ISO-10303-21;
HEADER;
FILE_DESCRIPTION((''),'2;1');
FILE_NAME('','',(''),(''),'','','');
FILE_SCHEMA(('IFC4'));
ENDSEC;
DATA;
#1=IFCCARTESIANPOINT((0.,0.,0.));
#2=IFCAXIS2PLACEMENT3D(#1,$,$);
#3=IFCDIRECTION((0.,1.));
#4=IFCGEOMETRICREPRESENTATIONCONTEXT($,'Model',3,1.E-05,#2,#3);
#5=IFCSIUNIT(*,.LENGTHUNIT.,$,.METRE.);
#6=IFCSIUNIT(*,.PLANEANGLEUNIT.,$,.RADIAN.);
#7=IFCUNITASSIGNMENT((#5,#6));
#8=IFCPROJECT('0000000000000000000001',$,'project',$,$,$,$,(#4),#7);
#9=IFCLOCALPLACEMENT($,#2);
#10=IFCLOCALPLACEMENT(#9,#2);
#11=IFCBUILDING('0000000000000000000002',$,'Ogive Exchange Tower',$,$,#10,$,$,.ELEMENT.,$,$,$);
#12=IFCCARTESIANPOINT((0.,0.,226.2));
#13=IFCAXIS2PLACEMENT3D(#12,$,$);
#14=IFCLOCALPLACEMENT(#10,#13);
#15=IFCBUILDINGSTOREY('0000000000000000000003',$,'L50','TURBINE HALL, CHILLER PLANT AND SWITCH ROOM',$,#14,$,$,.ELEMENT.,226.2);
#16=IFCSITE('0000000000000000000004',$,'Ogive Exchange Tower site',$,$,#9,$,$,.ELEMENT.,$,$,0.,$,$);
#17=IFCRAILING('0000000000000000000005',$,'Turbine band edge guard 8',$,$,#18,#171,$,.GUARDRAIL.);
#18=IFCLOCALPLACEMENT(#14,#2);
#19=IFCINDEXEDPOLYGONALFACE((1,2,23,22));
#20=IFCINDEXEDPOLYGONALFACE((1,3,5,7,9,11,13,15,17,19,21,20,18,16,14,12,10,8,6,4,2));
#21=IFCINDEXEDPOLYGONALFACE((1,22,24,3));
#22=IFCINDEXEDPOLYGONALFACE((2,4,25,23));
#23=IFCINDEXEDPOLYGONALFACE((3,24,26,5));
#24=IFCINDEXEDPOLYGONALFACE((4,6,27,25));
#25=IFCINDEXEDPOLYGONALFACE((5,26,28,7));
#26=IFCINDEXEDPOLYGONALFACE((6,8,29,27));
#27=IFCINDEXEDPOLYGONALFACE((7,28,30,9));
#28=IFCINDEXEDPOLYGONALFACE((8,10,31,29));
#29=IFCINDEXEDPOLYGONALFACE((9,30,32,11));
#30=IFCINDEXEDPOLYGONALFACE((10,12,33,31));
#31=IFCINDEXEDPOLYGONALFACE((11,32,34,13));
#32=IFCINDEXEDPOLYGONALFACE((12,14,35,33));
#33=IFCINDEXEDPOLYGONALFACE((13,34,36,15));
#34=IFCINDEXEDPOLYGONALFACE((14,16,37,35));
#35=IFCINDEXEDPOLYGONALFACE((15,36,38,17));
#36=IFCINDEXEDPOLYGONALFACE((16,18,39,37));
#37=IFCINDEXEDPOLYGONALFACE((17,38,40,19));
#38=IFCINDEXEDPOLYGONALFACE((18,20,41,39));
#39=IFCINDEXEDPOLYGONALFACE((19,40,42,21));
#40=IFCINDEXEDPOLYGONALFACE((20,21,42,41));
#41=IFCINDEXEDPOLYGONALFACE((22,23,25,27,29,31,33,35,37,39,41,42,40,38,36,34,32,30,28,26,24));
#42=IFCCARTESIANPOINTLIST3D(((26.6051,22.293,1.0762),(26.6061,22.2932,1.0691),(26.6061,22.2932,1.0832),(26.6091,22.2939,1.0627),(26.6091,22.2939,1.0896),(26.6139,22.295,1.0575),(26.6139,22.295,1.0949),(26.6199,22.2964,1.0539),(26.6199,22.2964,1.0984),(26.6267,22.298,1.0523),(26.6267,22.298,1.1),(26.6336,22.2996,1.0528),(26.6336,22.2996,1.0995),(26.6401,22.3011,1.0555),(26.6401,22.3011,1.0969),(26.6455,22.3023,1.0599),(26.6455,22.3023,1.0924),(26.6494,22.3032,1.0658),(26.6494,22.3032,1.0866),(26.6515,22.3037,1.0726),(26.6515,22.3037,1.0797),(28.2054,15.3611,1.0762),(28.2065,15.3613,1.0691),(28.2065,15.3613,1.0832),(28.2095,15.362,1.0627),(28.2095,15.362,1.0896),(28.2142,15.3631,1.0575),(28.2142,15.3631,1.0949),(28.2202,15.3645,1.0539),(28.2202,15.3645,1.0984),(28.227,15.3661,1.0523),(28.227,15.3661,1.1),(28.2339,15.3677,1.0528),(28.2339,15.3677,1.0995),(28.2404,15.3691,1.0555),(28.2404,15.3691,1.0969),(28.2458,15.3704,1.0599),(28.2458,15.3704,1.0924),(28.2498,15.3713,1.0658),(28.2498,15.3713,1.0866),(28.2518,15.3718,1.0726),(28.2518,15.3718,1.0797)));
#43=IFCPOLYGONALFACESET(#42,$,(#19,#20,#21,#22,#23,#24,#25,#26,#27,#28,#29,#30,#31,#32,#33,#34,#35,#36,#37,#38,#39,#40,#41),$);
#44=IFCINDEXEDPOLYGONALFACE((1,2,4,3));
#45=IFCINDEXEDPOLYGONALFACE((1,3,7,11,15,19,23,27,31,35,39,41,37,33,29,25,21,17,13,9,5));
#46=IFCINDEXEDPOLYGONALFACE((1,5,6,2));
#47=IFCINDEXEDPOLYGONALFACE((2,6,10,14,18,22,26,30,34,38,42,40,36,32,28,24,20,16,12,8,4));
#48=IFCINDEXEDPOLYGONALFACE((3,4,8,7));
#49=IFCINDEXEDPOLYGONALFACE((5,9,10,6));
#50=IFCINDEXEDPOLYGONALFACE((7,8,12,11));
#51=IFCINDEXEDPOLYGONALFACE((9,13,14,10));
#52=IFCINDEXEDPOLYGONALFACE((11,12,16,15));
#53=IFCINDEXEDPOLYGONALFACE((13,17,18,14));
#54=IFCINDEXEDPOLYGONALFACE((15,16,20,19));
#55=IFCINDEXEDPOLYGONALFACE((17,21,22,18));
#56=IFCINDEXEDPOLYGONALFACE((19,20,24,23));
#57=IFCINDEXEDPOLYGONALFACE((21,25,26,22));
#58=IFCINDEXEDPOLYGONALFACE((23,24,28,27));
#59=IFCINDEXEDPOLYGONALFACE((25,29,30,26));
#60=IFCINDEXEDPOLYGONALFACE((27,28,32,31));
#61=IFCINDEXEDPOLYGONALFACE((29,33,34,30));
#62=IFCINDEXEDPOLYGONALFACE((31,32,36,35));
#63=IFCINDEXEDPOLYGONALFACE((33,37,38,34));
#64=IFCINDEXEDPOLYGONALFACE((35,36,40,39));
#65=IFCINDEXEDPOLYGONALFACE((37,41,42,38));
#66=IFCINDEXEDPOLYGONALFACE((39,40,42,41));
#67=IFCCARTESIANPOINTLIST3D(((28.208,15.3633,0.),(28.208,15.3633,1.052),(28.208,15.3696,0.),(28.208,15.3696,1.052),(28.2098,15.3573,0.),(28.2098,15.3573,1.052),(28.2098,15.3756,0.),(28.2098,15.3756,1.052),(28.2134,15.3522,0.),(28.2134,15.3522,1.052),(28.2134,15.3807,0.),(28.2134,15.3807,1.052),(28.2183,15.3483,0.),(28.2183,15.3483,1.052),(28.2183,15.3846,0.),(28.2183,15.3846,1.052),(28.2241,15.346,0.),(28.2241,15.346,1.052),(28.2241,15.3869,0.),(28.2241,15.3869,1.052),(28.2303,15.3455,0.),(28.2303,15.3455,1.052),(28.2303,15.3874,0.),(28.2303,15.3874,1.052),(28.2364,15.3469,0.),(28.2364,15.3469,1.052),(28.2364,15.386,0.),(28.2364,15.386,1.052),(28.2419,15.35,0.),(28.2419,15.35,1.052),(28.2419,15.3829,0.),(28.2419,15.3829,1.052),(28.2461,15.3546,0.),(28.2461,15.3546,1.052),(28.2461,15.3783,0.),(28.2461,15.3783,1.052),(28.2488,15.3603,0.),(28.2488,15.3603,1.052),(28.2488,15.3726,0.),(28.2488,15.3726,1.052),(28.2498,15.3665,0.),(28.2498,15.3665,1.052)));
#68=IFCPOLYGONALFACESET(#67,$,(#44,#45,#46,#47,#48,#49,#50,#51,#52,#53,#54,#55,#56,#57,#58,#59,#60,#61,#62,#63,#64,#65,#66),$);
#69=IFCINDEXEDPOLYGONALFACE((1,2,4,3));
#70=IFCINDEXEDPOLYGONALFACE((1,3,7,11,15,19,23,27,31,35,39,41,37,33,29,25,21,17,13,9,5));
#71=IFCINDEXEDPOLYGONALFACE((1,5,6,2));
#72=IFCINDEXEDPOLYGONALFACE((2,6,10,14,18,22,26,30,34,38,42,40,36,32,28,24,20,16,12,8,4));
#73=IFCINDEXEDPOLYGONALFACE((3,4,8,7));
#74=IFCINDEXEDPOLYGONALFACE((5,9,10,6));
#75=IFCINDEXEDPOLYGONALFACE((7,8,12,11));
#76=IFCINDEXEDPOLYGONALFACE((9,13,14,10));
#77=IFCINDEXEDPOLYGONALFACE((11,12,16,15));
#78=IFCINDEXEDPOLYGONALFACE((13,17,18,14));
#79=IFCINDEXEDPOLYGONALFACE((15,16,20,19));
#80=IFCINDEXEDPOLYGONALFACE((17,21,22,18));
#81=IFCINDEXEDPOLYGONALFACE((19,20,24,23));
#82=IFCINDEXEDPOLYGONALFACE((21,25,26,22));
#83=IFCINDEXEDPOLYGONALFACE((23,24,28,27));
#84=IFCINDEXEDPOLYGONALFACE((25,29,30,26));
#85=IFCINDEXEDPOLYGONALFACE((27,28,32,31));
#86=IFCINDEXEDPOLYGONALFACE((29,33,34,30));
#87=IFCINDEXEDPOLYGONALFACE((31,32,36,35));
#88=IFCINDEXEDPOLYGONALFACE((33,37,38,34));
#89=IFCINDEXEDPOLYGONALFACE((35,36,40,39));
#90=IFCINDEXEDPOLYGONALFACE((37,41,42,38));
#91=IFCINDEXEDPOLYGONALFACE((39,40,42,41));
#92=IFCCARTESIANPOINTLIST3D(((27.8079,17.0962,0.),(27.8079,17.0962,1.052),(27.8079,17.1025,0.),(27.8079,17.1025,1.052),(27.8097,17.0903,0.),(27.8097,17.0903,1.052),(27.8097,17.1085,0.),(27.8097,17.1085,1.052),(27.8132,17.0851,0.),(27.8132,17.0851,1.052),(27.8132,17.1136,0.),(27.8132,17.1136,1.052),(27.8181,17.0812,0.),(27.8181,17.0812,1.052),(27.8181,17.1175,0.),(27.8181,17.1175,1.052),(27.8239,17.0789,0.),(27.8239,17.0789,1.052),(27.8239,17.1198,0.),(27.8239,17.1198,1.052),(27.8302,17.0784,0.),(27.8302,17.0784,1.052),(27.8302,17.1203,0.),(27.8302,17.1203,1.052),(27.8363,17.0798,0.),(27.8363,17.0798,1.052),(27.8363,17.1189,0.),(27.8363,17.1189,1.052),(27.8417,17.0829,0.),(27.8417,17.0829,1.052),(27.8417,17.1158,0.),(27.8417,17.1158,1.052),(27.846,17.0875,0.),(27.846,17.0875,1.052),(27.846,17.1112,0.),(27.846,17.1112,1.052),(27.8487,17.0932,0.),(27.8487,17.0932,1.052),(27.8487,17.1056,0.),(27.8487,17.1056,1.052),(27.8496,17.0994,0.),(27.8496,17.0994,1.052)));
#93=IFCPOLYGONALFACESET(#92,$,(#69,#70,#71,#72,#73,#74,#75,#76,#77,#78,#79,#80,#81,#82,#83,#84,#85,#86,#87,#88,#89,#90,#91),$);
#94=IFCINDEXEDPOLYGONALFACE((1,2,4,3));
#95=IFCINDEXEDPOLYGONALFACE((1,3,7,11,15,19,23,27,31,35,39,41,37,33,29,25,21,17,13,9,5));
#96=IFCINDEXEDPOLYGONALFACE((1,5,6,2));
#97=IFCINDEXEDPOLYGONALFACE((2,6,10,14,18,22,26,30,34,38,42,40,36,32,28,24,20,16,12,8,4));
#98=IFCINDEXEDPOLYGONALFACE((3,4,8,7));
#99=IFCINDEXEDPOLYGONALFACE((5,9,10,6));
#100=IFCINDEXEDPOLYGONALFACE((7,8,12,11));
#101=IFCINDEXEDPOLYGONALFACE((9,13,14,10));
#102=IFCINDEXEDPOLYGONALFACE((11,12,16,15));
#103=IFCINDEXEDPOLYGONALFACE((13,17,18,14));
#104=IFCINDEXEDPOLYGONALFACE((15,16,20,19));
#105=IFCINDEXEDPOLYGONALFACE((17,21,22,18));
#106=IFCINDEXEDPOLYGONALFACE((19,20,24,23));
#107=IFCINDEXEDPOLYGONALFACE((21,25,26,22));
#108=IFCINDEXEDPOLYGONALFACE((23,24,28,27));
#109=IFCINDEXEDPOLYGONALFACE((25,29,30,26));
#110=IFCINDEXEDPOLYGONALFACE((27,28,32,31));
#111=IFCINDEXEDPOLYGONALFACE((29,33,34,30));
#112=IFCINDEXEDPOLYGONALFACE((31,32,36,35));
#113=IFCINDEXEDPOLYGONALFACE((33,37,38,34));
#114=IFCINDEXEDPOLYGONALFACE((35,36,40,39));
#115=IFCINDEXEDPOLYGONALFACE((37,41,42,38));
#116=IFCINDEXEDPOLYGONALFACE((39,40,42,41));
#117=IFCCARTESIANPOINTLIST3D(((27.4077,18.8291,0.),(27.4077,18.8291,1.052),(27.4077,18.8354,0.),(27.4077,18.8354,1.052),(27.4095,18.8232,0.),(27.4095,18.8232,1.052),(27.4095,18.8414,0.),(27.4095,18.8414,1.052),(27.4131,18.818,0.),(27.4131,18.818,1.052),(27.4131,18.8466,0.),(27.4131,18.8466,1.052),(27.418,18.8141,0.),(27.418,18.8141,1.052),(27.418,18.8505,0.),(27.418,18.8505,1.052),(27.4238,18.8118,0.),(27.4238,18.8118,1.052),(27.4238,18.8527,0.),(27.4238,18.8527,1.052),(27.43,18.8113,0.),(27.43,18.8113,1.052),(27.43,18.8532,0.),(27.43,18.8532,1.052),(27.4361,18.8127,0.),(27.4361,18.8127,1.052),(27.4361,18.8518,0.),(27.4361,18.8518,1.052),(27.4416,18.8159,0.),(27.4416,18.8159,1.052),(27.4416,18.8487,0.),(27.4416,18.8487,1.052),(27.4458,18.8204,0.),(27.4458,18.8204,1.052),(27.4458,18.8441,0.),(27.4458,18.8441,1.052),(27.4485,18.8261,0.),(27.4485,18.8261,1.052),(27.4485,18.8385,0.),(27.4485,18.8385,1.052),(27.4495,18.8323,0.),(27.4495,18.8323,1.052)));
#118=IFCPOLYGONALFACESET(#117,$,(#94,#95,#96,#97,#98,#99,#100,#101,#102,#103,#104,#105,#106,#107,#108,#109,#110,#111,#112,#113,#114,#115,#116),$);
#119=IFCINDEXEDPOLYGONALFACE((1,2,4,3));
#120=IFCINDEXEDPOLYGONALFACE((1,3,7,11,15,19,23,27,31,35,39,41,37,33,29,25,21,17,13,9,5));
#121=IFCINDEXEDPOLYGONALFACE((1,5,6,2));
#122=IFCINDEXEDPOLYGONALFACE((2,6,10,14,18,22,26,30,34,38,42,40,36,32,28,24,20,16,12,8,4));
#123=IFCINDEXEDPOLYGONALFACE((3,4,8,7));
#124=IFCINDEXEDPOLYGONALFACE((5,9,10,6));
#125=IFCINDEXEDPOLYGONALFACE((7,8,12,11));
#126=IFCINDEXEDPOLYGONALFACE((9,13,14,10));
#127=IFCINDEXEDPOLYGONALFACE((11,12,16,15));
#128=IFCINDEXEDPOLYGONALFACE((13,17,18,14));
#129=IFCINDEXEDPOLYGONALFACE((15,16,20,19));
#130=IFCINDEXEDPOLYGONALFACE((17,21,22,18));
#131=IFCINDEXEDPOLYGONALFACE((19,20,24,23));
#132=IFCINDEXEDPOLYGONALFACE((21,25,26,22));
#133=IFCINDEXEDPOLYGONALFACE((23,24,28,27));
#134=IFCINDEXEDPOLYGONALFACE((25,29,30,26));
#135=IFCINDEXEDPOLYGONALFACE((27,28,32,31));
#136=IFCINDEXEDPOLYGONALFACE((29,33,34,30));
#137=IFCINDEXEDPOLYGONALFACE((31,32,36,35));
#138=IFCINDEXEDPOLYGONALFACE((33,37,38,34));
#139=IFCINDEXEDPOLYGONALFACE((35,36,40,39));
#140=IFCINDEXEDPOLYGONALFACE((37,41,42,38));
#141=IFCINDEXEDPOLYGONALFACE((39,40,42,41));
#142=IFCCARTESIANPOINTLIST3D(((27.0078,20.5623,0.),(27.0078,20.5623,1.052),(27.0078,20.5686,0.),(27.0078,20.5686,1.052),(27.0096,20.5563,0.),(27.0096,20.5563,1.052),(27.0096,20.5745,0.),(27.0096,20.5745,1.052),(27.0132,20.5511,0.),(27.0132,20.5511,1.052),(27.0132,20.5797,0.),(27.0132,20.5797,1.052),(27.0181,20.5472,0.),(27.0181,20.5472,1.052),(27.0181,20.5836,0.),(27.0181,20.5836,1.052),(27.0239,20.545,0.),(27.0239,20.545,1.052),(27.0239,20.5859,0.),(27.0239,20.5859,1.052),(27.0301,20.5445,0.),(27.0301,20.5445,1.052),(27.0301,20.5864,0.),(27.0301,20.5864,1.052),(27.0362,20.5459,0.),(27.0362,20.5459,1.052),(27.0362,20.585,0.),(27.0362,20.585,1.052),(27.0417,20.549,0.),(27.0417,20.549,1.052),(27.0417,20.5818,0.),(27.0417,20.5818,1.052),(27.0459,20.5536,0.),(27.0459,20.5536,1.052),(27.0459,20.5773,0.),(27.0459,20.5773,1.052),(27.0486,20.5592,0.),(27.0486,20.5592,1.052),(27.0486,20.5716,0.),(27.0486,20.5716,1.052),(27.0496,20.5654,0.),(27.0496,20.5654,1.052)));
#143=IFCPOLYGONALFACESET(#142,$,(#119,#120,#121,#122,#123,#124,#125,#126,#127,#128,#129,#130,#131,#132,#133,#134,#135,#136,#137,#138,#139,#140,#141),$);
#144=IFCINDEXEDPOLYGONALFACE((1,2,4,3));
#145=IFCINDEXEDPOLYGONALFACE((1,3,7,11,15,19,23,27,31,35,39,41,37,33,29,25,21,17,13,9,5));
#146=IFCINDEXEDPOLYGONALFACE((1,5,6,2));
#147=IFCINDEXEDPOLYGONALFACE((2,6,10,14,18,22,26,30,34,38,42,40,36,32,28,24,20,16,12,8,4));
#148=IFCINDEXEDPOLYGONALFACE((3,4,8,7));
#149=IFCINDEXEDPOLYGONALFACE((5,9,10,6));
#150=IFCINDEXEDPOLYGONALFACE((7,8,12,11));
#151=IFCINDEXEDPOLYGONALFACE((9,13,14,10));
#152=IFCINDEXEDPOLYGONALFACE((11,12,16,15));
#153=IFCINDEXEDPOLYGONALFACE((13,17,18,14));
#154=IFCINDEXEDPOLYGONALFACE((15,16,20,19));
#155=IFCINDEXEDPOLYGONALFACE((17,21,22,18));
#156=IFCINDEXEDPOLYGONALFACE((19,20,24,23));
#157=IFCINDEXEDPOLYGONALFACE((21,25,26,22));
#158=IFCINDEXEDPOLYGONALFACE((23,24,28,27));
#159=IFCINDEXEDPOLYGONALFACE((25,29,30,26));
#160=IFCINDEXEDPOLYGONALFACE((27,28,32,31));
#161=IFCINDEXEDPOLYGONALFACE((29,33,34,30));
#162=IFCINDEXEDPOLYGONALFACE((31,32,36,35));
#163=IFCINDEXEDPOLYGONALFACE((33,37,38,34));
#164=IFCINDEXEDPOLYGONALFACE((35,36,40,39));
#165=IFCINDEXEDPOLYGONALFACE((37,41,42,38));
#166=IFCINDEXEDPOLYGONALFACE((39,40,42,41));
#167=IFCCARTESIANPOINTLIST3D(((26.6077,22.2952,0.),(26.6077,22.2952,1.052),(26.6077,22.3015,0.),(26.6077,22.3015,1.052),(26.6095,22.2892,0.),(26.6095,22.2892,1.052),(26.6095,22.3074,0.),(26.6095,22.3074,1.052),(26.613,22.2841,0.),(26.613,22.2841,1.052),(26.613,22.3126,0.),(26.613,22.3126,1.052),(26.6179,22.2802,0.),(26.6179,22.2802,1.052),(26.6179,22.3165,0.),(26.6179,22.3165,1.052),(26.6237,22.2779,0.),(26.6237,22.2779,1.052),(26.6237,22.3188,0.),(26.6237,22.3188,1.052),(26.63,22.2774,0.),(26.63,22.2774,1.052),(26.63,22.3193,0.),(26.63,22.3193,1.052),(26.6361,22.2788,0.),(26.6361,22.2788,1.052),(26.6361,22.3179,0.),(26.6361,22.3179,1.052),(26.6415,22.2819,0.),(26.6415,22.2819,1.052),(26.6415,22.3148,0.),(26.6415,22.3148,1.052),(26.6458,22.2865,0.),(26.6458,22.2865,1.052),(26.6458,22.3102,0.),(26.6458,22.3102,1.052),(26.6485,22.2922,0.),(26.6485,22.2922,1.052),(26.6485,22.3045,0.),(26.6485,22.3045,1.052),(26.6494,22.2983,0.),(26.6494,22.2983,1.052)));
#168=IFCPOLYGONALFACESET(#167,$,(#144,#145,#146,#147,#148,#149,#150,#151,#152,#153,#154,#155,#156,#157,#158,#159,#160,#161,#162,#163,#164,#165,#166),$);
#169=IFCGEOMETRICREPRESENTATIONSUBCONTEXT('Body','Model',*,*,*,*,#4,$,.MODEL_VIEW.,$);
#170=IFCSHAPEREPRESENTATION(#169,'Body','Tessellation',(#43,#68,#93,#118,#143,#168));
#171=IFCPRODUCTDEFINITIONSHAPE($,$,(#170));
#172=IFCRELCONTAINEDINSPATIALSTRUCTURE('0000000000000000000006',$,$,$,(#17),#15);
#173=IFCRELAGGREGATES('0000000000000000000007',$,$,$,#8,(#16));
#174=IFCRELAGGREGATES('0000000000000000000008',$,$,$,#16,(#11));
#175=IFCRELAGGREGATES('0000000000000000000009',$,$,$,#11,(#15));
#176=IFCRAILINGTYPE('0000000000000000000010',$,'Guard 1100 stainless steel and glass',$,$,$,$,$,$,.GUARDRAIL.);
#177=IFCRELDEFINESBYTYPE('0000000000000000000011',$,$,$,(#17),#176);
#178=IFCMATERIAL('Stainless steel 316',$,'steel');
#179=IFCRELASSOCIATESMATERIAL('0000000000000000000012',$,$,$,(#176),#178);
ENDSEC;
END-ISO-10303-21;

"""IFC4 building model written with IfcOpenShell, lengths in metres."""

from ifc_helpers import new_model, si_unit, direction, frame, origin, origin_2d, place, context, subcontext, project, spatial, circle, extrude, material, type_object, element, save


model = new_model("IFC4")

# Units and contexts
model_context = context("Model", 3, precision=1e-05, world=origin(), true_north=direction((0.0, 1.0)))
body_context = subcontext(model_context, "Body", "Model", "MODEL_VIEW")
ifc_project = project(units=[si_unit("LENGTHUNIT", "METRE"), si_unit("PLANEANGLEUNIT", "RADIAN")], contexts=[model_context])

# Site, building, storey
site_placement = place(None, origin())
site = spatial("IfcSite", under=ifc_project, at=site_placement, Name="Ogive Exchange Tower site", CompositionType="ELEMENT", RefElevation=0.0)
building_placement = place(site_placement, origin())
building = spatial("IfcBuilding", under=site, at=building_placement, Name="Ogive Exchange Tower", CompositionType="ELEMENT")
storey_placement = place(building_placement, frame((0.0, 0.0, 226.2)))
storey = spatial("IfcBuildingStorey", under=building, at=storey_placement, Name="L50", Description="TURBINE HALL, CHILLER PLANT AND SWITCH ROOM", CompositionType="ELEMENT", Elevation=226.2)

# Railing
ifc_material_1 = material(Name="Stainless steel 316", Category="steel")
railing_type = type_object("IfcRailingType", Name="Guard 1100 stainless steel and glass", PredefinedType="GUARDRAIL", material=ifc_material_1)
for number, where, name in (
    (1, (28.2288, 15.3665, 0.0), "Turbine band edge guard 8"),
):
    element("IfcRailing", number, at=place(storey_placement, frame(where)), inside=storey, type_object=railing_type, Name=name, PredefinedType="GUARDRAIL", context=body_context, shape_type="SweptSolid", body=[
        extrude(circle(Radius=0.0239, at=origin_2d()), frame((0.0, 0.0, 1.0762), z_axis=(-0.22495, 0.97437, 0.0), x_axis=(-0.97437, -0.22495, 0.0)), (0.0, 0.0, 1.0), 7.1143),
        extrude(circle(Radius=0.021, at=origin_2d()), origin(), (0.0, 0.0, 1.0), 1.052),
        extrude(circle(Radius=0.021, at=origin_2d()), frame((-0.4001, 1.7329, 0.0)), (0.0, 0.0, 1.0), 1.052),
        extrude(circle(Radius=0.021, at=origin_2d()), frame((-0.8003, 3.4658, 0.0)), (0.0, 0.0, 1.0), 1.052),
        extrude(circle(Radius=0.021, at=origin_2d()), frame((-1.2002, 5.199, 0.0)), (0.0, 0.0, 1.0), 1.052),
        extrude(circle(Radius=0.021, at=origin_2d()), frame((-1.6003, 6.9319, 0.0)), (0.0, 0.0, 1.0), 1.052),
    ])

save(model, "model.ifc")
